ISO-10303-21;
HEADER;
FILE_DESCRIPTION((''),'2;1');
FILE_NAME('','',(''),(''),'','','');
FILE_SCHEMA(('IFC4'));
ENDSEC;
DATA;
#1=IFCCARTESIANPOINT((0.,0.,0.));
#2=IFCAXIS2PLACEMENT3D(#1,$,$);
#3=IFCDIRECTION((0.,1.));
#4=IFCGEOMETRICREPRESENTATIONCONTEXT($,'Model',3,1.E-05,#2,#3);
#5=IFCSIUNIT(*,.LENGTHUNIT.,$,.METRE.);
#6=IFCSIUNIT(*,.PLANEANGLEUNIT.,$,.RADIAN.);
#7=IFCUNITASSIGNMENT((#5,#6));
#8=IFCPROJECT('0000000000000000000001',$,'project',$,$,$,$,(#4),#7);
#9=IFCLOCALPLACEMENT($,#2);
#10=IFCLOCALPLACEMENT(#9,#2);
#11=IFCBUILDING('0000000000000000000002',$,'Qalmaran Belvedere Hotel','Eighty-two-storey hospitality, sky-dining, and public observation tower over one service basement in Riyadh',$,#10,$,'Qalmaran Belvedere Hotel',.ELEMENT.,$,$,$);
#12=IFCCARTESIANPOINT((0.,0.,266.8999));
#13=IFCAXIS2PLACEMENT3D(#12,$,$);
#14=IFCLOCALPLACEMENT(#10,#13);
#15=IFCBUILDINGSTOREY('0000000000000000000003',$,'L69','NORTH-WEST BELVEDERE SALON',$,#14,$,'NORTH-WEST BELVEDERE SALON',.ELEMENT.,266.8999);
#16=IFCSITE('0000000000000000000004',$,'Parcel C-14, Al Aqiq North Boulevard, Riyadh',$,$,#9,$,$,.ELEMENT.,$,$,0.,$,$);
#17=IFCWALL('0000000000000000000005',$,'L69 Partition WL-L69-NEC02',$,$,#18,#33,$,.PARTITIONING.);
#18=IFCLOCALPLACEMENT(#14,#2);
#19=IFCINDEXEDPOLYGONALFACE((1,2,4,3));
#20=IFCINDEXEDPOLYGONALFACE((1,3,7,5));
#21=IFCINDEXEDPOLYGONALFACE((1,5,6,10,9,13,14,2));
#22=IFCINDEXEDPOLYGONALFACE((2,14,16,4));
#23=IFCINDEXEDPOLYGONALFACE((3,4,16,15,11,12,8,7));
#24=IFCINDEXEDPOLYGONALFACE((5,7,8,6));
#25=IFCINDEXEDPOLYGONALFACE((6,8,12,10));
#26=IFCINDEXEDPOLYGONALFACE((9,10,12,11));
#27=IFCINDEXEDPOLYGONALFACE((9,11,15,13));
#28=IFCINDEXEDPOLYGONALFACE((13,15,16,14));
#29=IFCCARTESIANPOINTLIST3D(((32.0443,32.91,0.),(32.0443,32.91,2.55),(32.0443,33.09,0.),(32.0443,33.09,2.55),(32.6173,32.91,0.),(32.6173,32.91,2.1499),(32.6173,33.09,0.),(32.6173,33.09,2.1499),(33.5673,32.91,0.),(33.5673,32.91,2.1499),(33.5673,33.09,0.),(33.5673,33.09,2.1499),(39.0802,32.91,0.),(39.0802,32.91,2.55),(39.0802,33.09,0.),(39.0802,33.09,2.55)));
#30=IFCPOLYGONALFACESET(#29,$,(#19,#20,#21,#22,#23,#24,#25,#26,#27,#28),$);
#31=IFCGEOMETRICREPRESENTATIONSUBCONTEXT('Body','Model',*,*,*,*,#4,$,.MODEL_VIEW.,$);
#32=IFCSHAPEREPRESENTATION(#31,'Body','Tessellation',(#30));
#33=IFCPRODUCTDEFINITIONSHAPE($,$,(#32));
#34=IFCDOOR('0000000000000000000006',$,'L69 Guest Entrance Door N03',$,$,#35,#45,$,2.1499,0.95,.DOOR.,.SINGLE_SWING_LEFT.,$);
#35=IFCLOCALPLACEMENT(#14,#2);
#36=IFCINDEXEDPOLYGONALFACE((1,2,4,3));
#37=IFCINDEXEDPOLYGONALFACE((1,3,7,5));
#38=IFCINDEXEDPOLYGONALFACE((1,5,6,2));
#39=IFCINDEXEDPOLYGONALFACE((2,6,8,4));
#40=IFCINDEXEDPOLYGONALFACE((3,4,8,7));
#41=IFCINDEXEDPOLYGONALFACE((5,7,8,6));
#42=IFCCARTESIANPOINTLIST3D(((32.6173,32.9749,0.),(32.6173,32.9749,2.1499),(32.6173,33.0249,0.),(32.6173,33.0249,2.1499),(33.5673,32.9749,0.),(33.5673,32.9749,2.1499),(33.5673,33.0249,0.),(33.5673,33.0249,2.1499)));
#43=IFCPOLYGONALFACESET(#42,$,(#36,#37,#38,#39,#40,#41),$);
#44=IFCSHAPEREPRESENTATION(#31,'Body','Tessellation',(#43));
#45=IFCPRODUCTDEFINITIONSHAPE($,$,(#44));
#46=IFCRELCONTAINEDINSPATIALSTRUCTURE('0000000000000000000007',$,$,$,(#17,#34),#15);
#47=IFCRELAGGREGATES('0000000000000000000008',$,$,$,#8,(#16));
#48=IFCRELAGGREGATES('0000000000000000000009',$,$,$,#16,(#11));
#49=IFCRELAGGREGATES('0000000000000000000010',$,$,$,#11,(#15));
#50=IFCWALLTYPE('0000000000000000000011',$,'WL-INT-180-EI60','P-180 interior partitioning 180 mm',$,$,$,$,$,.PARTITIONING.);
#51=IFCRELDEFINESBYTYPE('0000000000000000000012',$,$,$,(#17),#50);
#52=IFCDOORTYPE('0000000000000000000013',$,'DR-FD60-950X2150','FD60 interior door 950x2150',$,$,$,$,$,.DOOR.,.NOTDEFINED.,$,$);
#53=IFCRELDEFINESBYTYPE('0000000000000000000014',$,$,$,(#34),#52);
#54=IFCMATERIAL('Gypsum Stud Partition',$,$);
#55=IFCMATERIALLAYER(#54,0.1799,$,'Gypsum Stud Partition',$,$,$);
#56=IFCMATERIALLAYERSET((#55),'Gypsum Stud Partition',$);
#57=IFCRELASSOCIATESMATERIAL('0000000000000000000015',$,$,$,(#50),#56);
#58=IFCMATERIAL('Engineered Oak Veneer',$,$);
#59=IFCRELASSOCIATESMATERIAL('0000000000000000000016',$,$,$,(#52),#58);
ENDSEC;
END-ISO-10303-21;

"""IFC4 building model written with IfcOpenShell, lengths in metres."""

from ifc_helpers import new_model, si_unit, direction, frame, frame_2d, origin, place, context, subcontext, project, spatial, rectangle, extrude, material, layer, layer_set, type_object, element, fill, save


model = new_model("IFC4")

# Units and contexts
model_context = context("Model", 3, precision=1e-05, world=origin(), true_north=direction((0.0, 1.0)))
body_context = subcontext(model_context, "Body", "Model", "MODEL_VIEW")
ifc_project = project(units=[si_unit("LENGTHUNIT", "METRE"), si_unit("PLANEANGLEUNIT", "RADIAN")], contexts=[model_context])

# Site, building, storey
site_placement = place(None, origin())
site = spatial("IfcSite", under=ifc_project, at=site_placement, Name="Parcel C-14, Al Aqiq North Boulevard, Riyadh", CompositionType="ELEMENT", RefElevation=0.0)
building_placement = place(site_placement, origin())
building = spatial("IfcBuilding", under=site, at=building_placement, Name="Qalmaran Belvedere Hotel", Description="Eighty-two-storey hospitality, sky-dining, and public observation tower over one service basement in Riyadh", LongName="Qalmaran Belvedere Hotel", CompositionType="ELEMENT")
storey_placement = place(building_placement, frame((0.0, 0.0, 266.8999)))
storey = spatial("IfcBuildingStorey", under=building, at=storey_placement, Name="L69", Description="NORTH-WEST BELVEDERE SALON", LongName="NORTH-WEST BELVEDERE SALON", CompositionType="ELEMENT", Elevation=266.8999)

# Shared definitions
ifc_material_1 = material(Name="Engineered Oak Veneer")

# Shared definitions
ifc_material_2 = material(Name="Gypsum Stud Partition")
ifc_layer_1 = layer(ifc_material_2, 0.1799, Name="Gypsum Stud Partition")
ifc_layer_set_1 = layer_set([ifc_layer_1], Name="Gypsum Stud Partition")
wall_type_1 = type_object("IfcWallType", Name="WL-INT-180-EI60", Description="P-180 interior partitioning 180 mm", PredefinedType="PARTITIONING", material=ifc_layer_set_1)

# Wall, opening, door
wall_1_placement = place(storey_placement, frame((32.0442, 33.0, 0.0), z_axis=(0.0, 0.0, 1.0), x_axis=(1.0, 0.0, 0.0)))
wall_1 = element("IfcWall", 1, at=wall_1_placement, inside=storey, type_object=wall_type_1, Name="L69 Partition WL-L69-NEC02", PredefinedType="PARTITIONING", context=body_context, shape_type="SweptSolid", body=[
    extrude(rectangle(XDim=7.0359, YDim=0.1799, at=frame_2d((3.5181, 0.0))), origin(), (0.0, 0.0, 1.0), 2.55),
])
opening_1_placement = place(wall_1_placement, frame((0.573, 0.0, 0.0)))
opening_1 = element("IfcOpeningElement", 2, at=opening_1_placement, cuts=wall_1, PredefinedType="OPENING", context=body_context, shape_type="SweptSolid", body=[
    extrude(rectangle(XDim=0.95, YDim=2.1499, at=frame_2d((0.4751, 1.075))), frame((0.0, 0.1001, 0.0), z_axis=(0.0, -1.0, 0.0), x_axis=(1.0, 0.0, 0.0)), (0.0, 0.0, 1.0), 0.2),
])
door_type_1 = type_object("IfcDoorType", Name="DR-FD60-950X2150", Description="FD60 interior door 950x2150", OperationType="NOTDEFINED", PredefinedType="DOOR", material=ifc_material_1)
door_1_placement = place(opening_1_placement, origin())
door_1 = element("IfcDoor", 3, at=door_1_placement, inside=storey, type_object=door_type_1, Name="L69 Guest Entrance Door N03", OperationType="SINGLE_SWING_LEFT", OverallHeight=2.1499, OverallWidth=0.95, PredefinedType="DOOR", context=body_context, shape_type="SweptSolid", body=[
    extrude(rectangle(XDim=0.95, YDim=2.1499, at=frame_2d((0.4751, 1.075))), frame((0.0, 0.0249, 0.0), z_axis=(0.0, -1.0, 0.0), x_axis=(1.0, 0.0, 0.0)), (0.0, 0.0, 1.0), 0.05),
])
fill(opening_1, door_1)

save(model, "model.ifc")
